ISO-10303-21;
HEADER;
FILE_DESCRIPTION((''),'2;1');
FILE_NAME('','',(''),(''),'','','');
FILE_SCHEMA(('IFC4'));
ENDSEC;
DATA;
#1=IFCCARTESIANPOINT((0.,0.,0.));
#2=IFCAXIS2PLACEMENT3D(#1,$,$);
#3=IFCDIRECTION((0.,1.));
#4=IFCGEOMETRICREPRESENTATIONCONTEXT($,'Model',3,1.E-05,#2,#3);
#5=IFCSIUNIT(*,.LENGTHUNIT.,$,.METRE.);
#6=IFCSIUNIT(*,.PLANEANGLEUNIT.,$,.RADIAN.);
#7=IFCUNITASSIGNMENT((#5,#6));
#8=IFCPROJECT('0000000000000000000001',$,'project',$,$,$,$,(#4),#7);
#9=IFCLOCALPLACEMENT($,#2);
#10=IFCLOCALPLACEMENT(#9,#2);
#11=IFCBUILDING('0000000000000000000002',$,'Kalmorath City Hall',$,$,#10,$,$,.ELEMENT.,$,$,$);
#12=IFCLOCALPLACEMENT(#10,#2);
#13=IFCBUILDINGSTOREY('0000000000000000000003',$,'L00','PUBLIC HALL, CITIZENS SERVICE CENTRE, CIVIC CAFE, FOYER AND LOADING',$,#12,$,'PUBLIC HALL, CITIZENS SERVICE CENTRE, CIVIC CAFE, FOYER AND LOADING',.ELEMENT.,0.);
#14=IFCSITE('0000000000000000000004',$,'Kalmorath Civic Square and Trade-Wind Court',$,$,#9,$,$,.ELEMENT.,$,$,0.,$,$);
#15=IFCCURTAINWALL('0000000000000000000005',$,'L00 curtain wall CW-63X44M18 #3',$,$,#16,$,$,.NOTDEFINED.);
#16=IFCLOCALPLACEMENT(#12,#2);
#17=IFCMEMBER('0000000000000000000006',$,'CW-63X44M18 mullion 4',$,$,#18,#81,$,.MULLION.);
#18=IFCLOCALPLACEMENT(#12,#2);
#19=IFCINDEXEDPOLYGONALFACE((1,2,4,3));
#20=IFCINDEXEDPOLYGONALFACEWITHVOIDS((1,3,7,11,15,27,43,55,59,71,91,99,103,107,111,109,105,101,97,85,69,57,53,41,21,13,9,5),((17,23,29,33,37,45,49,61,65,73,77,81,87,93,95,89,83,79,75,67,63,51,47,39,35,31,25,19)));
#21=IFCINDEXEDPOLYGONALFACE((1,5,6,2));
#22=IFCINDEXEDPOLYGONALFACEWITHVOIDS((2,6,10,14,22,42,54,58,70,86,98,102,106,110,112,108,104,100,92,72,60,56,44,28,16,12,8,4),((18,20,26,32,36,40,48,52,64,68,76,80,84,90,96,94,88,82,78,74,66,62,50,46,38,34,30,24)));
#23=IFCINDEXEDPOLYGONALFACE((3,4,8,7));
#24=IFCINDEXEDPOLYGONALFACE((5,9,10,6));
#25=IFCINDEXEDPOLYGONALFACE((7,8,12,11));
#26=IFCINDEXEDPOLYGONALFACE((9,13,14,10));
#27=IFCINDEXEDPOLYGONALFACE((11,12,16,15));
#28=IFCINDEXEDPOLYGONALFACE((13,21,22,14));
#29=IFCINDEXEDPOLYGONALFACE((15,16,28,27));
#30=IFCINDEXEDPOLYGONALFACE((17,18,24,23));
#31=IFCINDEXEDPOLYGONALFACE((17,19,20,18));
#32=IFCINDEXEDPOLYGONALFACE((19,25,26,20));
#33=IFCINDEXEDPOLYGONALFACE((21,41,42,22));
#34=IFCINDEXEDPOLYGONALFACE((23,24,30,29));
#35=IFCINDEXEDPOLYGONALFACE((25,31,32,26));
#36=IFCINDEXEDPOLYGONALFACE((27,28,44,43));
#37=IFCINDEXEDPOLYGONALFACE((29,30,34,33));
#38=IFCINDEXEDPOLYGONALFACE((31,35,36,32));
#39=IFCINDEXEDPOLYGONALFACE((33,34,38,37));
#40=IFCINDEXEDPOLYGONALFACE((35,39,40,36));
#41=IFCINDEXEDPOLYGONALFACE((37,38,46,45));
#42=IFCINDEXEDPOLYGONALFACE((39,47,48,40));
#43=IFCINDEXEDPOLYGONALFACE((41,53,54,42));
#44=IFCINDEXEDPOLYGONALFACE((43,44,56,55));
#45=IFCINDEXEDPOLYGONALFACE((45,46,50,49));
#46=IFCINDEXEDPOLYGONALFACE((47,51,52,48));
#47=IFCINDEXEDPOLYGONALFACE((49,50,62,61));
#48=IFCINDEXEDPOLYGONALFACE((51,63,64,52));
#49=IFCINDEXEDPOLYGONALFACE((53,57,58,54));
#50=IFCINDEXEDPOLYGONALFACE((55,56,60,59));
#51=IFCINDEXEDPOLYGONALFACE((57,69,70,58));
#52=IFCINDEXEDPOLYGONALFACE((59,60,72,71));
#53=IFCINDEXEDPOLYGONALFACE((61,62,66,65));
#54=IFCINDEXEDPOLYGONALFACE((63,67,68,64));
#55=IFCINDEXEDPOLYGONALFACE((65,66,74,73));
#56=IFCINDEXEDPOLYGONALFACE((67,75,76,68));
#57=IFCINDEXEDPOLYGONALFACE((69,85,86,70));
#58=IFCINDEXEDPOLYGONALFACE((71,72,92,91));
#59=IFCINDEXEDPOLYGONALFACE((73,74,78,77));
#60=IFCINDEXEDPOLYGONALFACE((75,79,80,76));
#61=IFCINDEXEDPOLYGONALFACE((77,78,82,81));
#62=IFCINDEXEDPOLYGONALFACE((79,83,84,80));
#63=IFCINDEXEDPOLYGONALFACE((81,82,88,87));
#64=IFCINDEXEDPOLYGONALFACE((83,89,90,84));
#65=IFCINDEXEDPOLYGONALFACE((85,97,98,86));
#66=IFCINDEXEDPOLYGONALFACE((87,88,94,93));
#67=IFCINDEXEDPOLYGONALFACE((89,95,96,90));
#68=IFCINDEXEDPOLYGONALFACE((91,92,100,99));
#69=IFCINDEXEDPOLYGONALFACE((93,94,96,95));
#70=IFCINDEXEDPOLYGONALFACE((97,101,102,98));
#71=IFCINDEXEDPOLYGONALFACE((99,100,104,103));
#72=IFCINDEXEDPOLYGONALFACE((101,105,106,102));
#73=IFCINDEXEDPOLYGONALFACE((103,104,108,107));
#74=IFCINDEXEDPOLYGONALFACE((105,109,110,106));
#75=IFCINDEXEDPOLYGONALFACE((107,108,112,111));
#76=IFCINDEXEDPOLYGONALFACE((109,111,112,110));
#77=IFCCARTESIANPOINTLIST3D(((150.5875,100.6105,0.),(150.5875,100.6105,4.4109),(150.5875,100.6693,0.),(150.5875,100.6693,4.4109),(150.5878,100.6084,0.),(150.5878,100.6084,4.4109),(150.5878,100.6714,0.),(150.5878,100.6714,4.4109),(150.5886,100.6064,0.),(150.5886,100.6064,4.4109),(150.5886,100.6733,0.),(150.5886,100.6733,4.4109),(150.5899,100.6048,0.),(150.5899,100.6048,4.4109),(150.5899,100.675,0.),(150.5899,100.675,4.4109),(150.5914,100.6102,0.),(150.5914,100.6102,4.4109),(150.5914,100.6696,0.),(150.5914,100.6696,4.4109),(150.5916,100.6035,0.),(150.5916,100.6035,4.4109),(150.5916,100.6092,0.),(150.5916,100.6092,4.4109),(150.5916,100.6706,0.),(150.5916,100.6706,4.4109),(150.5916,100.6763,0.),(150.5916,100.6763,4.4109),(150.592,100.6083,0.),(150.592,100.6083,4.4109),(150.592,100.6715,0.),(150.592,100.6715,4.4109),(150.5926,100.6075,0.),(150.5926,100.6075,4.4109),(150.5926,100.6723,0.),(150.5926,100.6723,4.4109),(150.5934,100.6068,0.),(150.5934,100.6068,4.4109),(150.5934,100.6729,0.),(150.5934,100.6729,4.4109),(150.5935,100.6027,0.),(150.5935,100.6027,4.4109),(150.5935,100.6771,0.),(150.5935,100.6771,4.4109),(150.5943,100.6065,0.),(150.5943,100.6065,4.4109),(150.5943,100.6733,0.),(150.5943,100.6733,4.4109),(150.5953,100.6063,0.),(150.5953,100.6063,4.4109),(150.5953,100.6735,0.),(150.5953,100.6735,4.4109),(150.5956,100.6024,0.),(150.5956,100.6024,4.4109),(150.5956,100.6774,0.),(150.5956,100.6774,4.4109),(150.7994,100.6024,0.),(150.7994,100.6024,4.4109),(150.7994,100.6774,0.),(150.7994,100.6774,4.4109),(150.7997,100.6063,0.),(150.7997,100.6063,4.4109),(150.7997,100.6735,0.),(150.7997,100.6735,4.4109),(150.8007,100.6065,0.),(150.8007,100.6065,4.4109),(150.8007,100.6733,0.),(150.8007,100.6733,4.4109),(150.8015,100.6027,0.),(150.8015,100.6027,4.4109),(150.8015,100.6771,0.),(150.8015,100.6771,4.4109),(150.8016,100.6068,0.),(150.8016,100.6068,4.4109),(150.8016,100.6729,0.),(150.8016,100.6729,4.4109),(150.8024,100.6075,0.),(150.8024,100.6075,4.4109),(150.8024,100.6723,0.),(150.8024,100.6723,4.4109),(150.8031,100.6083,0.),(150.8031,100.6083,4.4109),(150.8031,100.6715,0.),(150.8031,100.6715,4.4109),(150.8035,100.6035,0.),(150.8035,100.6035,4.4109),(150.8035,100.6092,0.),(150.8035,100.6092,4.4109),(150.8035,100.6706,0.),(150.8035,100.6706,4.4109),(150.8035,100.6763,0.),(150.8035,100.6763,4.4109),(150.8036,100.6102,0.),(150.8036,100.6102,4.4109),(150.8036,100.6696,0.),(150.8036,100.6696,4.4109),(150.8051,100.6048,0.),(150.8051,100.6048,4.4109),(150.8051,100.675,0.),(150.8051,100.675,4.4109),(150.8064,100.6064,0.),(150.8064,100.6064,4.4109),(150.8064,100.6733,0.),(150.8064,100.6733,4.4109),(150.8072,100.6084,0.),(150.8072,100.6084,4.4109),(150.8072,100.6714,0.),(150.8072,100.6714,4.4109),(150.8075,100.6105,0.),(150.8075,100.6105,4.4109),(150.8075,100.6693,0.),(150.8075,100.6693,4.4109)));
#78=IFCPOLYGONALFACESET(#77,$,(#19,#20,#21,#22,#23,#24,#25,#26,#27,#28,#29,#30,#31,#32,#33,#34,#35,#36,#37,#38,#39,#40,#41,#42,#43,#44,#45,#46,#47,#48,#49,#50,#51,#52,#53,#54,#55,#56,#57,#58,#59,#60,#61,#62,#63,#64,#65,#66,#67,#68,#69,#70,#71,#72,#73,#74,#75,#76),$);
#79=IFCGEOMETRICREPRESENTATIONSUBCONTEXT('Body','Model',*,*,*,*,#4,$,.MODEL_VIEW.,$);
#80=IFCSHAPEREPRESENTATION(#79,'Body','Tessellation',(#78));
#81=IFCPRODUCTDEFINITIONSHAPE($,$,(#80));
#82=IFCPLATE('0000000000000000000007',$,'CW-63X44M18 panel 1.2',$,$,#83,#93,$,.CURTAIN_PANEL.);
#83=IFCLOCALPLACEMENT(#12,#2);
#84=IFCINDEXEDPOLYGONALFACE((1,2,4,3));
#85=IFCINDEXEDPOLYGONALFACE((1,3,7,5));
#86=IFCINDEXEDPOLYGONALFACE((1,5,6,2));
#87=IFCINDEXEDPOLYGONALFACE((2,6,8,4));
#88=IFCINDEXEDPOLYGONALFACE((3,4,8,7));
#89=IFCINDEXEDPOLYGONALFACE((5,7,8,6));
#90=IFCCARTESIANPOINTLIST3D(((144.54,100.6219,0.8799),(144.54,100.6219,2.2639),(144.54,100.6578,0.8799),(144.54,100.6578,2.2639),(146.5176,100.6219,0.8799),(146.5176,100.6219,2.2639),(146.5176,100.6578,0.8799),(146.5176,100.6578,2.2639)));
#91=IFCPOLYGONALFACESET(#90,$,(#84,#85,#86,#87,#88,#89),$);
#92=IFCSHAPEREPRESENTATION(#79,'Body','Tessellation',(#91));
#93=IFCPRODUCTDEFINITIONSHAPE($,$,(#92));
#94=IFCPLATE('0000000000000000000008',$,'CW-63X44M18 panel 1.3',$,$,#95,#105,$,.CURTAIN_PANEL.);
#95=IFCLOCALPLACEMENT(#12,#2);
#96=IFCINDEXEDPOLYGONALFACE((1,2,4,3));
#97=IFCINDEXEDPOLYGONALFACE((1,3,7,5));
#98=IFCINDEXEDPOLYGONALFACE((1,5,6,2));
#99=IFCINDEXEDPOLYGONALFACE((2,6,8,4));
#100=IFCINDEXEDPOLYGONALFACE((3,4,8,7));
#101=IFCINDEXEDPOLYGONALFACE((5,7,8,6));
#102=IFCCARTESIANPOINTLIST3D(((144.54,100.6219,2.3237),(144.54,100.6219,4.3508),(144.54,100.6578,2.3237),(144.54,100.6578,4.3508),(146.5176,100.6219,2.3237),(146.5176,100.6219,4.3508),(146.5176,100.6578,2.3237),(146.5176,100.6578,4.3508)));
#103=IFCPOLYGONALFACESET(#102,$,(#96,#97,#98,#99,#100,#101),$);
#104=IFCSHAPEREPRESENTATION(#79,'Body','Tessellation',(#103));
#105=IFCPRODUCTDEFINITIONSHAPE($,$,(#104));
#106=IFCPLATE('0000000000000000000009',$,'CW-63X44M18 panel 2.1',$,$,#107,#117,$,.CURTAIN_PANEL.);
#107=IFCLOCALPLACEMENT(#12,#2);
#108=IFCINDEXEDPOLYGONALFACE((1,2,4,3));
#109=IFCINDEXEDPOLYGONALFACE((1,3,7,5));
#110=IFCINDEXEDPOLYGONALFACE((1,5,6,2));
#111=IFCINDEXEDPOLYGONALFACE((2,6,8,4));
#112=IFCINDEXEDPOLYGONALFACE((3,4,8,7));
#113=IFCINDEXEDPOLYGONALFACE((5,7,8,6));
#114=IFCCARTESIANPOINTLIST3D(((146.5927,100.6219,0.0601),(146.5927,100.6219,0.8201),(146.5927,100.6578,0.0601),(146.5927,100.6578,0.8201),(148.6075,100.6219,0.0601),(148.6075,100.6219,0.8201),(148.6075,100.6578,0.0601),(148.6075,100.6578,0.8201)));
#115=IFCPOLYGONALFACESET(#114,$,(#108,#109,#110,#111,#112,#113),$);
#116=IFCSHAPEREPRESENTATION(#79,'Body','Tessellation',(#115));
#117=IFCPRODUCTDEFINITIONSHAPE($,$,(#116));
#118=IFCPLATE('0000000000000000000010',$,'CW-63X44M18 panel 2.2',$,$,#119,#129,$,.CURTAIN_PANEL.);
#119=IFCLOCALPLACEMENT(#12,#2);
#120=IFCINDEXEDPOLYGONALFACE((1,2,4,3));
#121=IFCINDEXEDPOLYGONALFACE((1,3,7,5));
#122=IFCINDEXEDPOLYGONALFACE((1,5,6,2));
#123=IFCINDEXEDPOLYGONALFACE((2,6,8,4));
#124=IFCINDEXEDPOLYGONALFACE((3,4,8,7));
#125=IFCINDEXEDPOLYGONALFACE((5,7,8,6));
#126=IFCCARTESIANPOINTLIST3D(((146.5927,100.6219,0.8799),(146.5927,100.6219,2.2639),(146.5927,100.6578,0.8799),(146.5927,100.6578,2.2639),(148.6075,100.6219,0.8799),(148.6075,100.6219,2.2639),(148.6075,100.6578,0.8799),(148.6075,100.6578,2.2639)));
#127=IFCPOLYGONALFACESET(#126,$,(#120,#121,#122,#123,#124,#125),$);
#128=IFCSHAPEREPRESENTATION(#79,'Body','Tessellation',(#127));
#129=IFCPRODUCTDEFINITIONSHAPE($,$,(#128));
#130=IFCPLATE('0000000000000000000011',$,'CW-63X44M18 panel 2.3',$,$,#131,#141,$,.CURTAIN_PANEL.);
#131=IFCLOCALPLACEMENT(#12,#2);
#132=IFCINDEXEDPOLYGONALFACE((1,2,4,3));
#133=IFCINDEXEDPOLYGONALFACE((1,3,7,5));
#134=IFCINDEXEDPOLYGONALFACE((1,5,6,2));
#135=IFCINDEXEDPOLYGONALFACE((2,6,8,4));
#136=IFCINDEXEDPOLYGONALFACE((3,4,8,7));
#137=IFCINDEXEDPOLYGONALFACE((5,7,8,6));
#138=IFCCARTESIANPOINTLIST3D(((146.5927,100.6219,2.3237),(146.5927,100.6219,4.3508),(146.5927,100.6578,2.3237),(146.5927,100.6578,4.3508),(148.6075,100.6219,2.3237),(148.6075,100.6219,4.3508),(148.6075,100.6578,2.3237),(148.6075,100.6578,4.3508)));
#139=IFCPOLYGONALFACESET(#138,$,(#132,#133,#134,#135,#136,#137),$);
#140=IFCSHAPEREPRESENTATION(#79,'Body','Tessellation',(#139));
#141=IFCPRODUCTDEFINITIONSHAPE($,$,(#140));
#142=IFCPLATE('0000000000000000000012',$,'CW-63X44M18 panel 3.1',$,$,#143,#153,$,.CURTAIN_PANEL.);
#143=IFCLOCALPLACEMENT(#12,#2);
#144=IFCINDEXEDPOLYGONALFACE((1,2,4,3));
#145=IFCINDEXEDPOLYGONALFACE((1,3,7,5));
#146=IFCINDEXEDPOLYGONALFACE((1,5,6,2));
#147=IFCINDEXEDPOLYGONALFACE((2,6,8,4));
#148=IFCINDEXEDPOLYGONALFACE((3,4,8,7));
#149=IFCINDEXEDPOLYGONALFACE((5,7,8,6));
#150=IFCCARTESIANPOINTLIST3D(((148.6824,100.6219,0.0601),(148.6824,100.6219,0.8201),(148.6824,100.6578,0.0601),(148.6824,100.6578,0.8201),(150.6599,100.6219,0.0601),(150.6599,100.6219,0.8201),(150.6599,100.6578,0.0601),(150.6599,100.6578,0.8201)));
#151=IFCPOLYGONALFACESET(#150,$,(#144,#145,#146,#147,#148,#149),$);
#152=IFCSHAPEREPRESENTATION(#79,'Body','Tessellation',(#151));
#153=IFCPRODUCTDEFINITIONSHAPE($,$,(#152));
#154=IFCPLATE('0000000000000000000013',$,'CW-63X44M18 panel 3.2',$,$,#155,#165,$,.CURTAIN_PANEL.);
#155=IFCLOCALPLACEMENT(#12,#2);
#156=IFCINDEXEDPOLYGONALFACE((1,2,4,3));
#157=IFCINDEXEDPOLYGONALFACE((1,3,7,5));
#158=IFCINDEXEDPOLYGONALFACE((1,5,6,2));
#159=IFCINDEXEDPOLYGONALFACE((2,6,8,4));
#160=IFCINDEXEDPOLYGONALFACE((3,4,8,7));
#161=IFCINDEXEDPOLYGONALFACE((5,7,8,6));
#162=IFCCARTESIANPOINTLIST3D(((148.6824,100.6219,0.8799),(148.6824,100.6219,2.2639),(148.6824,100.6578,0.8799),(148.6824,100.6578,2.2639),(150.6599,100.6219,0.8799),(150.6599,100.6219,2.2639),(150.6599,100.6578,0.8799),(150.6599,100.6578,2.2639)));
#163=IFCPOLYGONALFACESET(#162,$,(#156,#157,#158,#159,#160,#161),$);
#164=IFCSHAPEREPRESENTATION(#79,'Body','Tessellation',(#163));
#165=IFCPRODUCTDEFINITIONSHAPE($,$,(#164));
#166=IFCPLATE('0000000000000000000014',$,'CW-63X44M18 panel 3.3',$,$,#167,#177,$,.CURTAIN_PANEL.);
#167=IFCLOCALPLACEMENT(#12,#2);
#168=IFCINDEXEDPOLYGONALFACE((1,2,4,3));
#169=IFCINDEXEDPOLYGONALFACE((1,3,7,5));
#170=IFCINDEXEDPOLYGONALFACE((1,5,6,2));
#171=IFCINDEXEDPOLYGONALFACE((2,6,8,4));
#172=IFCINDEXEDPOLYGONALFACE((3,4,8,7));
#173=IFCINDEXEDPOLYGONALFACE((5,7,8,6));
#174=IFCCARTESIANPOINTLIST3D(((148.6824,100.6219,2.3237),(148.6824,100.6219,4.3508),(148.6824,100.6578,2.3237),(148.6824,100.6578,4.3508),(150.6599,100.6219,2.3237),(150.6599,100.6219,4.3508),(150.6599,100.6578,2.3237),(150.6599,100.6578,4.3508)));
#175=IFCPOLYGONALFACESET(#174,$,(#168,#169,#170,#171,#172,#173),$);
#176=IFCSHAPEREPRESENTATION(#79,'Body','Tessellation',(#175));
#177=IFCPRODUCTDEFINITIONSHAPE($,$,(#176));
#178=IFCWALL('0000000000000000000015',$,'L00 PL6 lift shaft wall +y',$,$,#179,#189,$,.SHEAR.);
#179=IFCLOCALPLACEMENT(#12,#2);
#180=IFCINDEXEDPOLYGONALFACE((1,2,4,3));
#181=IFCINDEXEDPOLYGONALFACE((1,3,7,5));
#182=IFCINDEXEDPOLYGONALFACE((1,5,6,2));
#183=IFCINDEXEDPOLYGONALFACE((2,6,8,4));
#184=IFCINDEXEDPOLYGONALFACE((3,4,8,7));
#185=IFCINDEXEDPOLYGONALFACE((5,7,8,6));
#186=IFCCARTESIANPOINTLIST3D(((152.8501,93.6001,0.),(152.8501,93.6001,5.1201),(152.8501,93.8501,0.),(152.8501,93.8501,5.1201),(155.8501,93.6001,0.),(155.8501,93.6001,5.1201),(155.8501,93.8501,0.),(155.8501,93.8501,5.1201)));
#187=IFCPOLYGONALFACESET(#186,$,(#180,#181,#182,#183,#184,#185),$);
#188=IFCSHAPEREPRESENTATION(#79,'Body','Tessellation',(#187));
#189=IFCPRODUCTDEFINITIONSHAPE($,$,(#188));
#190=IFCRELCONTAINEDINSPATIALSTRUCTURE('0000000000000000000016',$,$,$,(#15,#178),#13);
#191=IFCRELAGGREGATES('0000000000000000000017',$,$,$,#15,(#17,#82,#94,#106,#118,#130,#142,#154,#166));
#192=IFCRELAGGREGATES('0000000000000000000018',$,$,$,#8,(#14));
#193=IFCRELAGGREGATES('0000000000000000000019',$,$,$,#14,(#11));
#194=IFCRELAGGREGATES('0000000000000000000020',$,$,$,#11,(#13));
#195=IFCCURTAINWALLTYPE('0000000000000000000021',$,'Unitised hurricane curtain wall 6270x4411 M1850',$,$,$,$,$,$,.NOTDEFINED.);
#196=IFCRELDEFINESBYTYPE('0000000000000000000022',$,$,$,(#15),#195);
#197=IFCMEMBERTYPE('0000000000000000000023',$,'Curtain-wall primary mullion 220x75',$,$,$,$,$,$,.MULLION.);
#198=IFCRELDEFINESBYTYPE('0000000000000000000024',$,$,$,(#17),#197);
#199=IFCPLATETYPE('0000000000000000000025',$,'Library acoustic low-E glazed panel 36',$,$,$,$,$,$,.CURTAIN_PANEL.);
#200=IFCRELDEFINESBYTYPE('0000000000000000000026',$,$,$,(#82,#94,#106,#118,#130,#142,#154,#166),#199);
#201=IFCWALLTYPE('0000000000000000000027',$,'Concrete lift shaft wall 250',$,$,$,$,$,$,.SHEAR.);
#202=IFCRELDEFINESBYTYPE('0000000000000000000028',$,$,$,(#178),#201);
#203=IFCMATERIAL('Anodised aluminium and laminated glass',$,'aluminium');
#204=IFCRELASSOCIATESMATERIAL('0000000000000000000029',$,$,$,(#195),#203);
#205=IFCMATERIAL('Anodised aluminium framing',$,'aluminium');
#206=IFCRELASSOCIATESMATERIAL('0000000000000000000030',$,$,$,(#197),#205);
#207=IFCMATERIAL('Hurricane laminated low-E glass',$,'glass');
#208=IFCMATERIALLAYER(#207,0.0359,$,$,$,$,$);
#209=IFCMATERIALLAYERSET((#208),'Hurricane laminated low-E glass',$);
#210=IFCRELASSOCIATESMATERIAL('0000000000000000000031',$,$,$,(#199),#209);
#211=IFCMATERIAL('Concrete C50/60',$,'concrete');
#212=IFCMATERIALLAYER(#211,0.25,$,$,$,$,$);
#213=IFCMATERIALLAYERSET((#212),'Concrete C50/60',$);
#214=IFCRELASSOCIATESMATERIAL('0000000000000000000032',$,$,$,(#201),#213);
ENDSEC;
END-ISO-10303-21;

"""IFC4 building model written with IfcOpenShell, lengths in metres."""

from ifc_helpers import new_model, si_unit, direction, frame, frame_2d, origin, origin_2d, place, context, subcontext, project, spatial, rectangle, hollow_rectangle, extrude, material, layer, layer_set, material_profile, profile_set, type_object, element, aggregate, save


model = new_model("IFC4")

# Units and contexts
model_context = context("Model", 3, precision=1e-05, world=origin(), true_north=direction((0.0, 1.0)))
body_context = subcontext(model_context, "Body", "Model", "MODEL_VIEW")
ifc_project = project(units=[si_unit("LENGTHUNIT", "METRE"), si_unit("PLANEANGLEUNIT", "RADIAN")], contexts=[model_context])

# Site, building, storey
site_placement = place(None, origin())
site = spatial("IfcSite", under=ifc_project, at=site_placement, Name="Kalmorath Civic Square and Trade-Wind Court", CompositionType="ELEMENT", RefElevation=0.0)
building_placement = place(site_placement, origin())
building = spatial("IfcBuilding", under=site, at=building_placement, Name="Kalmorath City Hall", CompositionType="ELEMENT")
storey_placement = place(building_placement, origin())
storey = spatial("IfcBuildingStorey", under=building, at=storey_placement, Name="L00", Description="PUBLIC HALL, CITIZENS SERVICE CENTRE, CIVIC CAFE, FOYER AND LOADING", LongName="PUBLIC HALL, CITIZENS SERVICE CENTRE, CIVIC CAFE, FOYER AND LOADING", CompositionType="ELEMENT", Elevation=0.0)

# Curtain wall, member, plates
ifc_material_1 = material(Name="Anodised aluminium and laminated glass", Category="aluminium")
curtain_wall_type = type_object("IfcCurtainWallType", Name="Unitised hurricane curtain wall 6270x4411 M1850", PredefinedType="NOTDEFINED", material=ifc_material_1)
curtain_wall_placement = place(storey_placement, origin())
curtain_wall = element("IfcCurtainWall", 1, at=curtain_wall_placement, inside=storey, type_object=curtain_wall_type, Name="L00 curtain wall CW-63X44M18 #3", PredefinedType="NOTDEFINED")
ifc_material_2 = material(Name="Anodised aluminium framing", Category="aluminium")
ifc_material_profile_1 = material_profile(ifc_material_2, hollow_rectangle(XDim=0.075, YDim=0.22, WallThickness=0.0039, InnerFilletRadius=0.0039, OuterFilletRadius=0.0081, at=origin_2d()), Name="ALU-MUL-220X75X4")
ifc_profile_set_1 = profile_set([ifc_material_profile_1], Name="Anodised aluminium framing")
member_type_1 = type_object("IfcMemberType", Name="Curtain-wall primary mullion 220x75", PredefinedType="MULLION", material=ifc_profile_set_1)
member_1_placement = place(storey_placement, frame((150.6975, 100.6399, 0.0), z_axis=(0.0, 0.0, 1.0), x_axis=(0.0, 1.0, 0.0)))
member_1 = element("IfcMember", 2, at=member_1_placement, type_object=member_type_1, Name="CW-63X44M18 mullion 4", PredefinedType="MULLION", context=body_context, shape_type="SweptSolid", body=[
    extrude(hollow_rectangle(XDim=0.075, YDim=0.22, WallThickness=0.0039, InnerFilletRadius=0.0039, OuterFilletRadius=0.0081, at=origin_2d()), origin(), (0.0, 0.0, 1.0), 4.4109),
])
ifc_material_3 = material(Name="Hurricane laminated low-E glass", Category="glass")
ifc_layer_1 = layer(ifc_material_3, 0.0359)
ifc_layer_set_1 = layer_set([ifc_layer_1], Name="Hurricane laminated low-E glass")
plate_type = type_object("IfcPlateType", Name="Library acoustic low-E glazed panel 36", PredefinedType="CURTAIN_PANEL", material=ifc_layer_set_1)
plate_1_placement = place(storey_placement, frame((145.5288, 100.6399, 0.8799), z_axis=(0.0, 0.0, 1.0), x_axis=(1.0, 0.0, 0.0)))
plate_1 = element("IfcPlate", 3, at=plate_1_placement, type_object=plate_type, Name="CW-63X44M18 panel 1.2", PredefinedType="CURTAIN_PANEL", context=body_context, shape_type="SweptSolid", body=[
    extrude(rectangle(XDim=1.9775, YDim=0.0359, at=origin_2d()), origin(), (0.0, 0.0, 1.0), 1.384),
])
plate_2_placement = place(storey_placement, frame((145.5288, 100.6399, 2.3237), z_axis=(0.0, 0.0, 1.0), x_axis=(1.0, 0.0, 0.0)))
plate_2 = element("IfcPlate", 4, at=plate_2_placement, type_object=plate_type, Name="CW-63X44M18 panel 1.3", PredefinedType="CURTAIN_PANEL", context=body_context, shape_type="SweptSolid", body=[
    extrude(rectangle(XDim=1.9775, YDim=0.0359, at=origin_2d()), origin(), (0.0, 0.0, 1.0), 2.0271),
])
plate_3_placement = place(storey_placement, frame((147.6001, 100.6399, 0.0601), z_axis=(0.0, 0.0, 1.0), x_axis=(1.0, 0.0, 0.0)))
plate_3 = element("IfcPlate", 5, at=plate_3_placement, type_object=plate_type, Name="CW-63X44M18 panel 2.1", PredefinedType="CURTAIN_PANEL", context=body_context, shape_type="SweptSolid", body=[
    extrude(rectangle(XDim=2.0149, YDim=0.0359, at=origin_2d()), origin(), (0.0, 0.0, 1.0), 0.76),
])
plate_4_placement = place(storey_placement, frame((147.6001, 100.6399, 0.8799), z_axis=(0.0, 0.0, 1.0), x_axis=(1.0, 0.0, 0.0)))
plate_4 = element("IfcPlate", 6, at=plate_4_placement, type_object=plate_type, Name="CW-63X44M18 panel 2.2", PredefinedType="CURTAIN_PANEL", context=body_context, shape_type="SweptSolid", body=[
    extrude(rectangle(XDim=2.0149, YDim=0.0359, at=origin_2d()), origin(), (0.0, 0.0, 1.0), 1.384),
])
plate_5_placement = place(storey_placement, frame((147.6001, 100.6399, 2.3237), z_axis=(0.0, 0.0, 1.0), x_axis=(1.0, 0.0, 0.0)))
plate_5 = element("IfcPlate", 7, at=plate_5_placement, type_object=plate_type, Name="CW-63X44M18 panel 2.3", PredefinedType="CURTAIN_PANEL", context=body_context, shape_type="SweptSolid", body=[
    extrude(rectangle(XDim=2.0149, YDim=0.0359, at=origin_2d()), origin(), (0.0, 0.0, 1.0), 2.0271),
])
plate_6_placement = place(storey_placement, frame((149.6711, 100.6399, 0.0601), z_axis=(0.0, 0.0, 1.0), x_axis=(1.0, 0.0, 0.0)))
plate_6 = element("IfcPlate", 8, at=plate_6_placement, type_object=plate_type, Name="CW-63X44M18 panel 3.1", PredefinedType="CURTAIN_PANEL", context=body_context, shape_type="SweptSolid", body=[
    extrude(rectangle(XDim=1.9775, YDim=0.0359, at=origin_2d()), origin(), (0.0, 0.0, 1.0), 0.76),
])
plate_7_placement = place(storey_placement, frame((149.6711, 100.6399, 0.8799), z_axis=(0.0, 0.0, 1.0), x_axis=(1.0, 0.0, 0.0)))
plate_7 = element("IfcPlate", 9, at=plate_7_placement, type_object=plate_type, Name="CW-63X44M18 panel 3.2", PredefinedType="CURTAIN_PANEL", context=body_context, shape_type="SweptSolid", body=[
    extrude(rectangle(XDim=1.9775, YDim=0.0359, at=origin_2d()), origin(), (0.0, 0.0, 1.0), 1.384),
])
plate_8_placement = place(storey_placement, frame((149.6711, 100.6399, 2.3237), z_axis=(0.0, 0.0, 1.0), x_axis=(1.0, 0.0, 0.0)))
plate_8 = element("IfcPlate", 10, at=plate_8_placement, type_object=plate_type, Name="CW-63X44M18 panel 3.3", PredefinedType="CURTAIN_PANEL", context=body_context, shape_type="SweptSolid", body=[
    extrude(rectangle(XDim=1.9775, YDim=0.0359, at=origin_2d()), origin(), (0.0, 0.0, 1.0), 2.0271),
])
aggregate(curtain_wall, [member_1, plate_1, plate_2, plate_3, plate_4, plate_5, plate_6, plate_7, plate_8])

# Wall
ifc_material_4 = material(Name="Concrete C50/60", Category="concrete")
ifc_layer_2 = layer(ifc_material_4, 0.25)
ifc_layer_set_2 = layer_set([ifc_layer_2], Name="Concrete C50/60")
wall_type_1 = type_object("IfcWallType", Name="Concrete lift shaft wall 250", PredefinedType="SHEAR", material=ifc_layer_set_2)
wall_1_placement = place(storey_placement, frame((155.8501, 93.7251, 0.0), z_axis=(0.0, 0.0, 1.0), x_axis=(-1.0, 0.0, 0.0)))
element("IfcWall", 11, at=wall_1_placement, inside=storey, type_object=wall_type_1, Name="L00 PL6 lift shaft wall +y", PredefinedType="SHEAR", context=body_context, shape_type="SweptSolid", body=[
    extrude(rectangle(XDim=3.0, YDim=0.25, at=frame_2d((1.5, 0.0))), origin(), (0.0, 0.0, 1.0), 5.1201),
])

save(model, "model.ifc")
